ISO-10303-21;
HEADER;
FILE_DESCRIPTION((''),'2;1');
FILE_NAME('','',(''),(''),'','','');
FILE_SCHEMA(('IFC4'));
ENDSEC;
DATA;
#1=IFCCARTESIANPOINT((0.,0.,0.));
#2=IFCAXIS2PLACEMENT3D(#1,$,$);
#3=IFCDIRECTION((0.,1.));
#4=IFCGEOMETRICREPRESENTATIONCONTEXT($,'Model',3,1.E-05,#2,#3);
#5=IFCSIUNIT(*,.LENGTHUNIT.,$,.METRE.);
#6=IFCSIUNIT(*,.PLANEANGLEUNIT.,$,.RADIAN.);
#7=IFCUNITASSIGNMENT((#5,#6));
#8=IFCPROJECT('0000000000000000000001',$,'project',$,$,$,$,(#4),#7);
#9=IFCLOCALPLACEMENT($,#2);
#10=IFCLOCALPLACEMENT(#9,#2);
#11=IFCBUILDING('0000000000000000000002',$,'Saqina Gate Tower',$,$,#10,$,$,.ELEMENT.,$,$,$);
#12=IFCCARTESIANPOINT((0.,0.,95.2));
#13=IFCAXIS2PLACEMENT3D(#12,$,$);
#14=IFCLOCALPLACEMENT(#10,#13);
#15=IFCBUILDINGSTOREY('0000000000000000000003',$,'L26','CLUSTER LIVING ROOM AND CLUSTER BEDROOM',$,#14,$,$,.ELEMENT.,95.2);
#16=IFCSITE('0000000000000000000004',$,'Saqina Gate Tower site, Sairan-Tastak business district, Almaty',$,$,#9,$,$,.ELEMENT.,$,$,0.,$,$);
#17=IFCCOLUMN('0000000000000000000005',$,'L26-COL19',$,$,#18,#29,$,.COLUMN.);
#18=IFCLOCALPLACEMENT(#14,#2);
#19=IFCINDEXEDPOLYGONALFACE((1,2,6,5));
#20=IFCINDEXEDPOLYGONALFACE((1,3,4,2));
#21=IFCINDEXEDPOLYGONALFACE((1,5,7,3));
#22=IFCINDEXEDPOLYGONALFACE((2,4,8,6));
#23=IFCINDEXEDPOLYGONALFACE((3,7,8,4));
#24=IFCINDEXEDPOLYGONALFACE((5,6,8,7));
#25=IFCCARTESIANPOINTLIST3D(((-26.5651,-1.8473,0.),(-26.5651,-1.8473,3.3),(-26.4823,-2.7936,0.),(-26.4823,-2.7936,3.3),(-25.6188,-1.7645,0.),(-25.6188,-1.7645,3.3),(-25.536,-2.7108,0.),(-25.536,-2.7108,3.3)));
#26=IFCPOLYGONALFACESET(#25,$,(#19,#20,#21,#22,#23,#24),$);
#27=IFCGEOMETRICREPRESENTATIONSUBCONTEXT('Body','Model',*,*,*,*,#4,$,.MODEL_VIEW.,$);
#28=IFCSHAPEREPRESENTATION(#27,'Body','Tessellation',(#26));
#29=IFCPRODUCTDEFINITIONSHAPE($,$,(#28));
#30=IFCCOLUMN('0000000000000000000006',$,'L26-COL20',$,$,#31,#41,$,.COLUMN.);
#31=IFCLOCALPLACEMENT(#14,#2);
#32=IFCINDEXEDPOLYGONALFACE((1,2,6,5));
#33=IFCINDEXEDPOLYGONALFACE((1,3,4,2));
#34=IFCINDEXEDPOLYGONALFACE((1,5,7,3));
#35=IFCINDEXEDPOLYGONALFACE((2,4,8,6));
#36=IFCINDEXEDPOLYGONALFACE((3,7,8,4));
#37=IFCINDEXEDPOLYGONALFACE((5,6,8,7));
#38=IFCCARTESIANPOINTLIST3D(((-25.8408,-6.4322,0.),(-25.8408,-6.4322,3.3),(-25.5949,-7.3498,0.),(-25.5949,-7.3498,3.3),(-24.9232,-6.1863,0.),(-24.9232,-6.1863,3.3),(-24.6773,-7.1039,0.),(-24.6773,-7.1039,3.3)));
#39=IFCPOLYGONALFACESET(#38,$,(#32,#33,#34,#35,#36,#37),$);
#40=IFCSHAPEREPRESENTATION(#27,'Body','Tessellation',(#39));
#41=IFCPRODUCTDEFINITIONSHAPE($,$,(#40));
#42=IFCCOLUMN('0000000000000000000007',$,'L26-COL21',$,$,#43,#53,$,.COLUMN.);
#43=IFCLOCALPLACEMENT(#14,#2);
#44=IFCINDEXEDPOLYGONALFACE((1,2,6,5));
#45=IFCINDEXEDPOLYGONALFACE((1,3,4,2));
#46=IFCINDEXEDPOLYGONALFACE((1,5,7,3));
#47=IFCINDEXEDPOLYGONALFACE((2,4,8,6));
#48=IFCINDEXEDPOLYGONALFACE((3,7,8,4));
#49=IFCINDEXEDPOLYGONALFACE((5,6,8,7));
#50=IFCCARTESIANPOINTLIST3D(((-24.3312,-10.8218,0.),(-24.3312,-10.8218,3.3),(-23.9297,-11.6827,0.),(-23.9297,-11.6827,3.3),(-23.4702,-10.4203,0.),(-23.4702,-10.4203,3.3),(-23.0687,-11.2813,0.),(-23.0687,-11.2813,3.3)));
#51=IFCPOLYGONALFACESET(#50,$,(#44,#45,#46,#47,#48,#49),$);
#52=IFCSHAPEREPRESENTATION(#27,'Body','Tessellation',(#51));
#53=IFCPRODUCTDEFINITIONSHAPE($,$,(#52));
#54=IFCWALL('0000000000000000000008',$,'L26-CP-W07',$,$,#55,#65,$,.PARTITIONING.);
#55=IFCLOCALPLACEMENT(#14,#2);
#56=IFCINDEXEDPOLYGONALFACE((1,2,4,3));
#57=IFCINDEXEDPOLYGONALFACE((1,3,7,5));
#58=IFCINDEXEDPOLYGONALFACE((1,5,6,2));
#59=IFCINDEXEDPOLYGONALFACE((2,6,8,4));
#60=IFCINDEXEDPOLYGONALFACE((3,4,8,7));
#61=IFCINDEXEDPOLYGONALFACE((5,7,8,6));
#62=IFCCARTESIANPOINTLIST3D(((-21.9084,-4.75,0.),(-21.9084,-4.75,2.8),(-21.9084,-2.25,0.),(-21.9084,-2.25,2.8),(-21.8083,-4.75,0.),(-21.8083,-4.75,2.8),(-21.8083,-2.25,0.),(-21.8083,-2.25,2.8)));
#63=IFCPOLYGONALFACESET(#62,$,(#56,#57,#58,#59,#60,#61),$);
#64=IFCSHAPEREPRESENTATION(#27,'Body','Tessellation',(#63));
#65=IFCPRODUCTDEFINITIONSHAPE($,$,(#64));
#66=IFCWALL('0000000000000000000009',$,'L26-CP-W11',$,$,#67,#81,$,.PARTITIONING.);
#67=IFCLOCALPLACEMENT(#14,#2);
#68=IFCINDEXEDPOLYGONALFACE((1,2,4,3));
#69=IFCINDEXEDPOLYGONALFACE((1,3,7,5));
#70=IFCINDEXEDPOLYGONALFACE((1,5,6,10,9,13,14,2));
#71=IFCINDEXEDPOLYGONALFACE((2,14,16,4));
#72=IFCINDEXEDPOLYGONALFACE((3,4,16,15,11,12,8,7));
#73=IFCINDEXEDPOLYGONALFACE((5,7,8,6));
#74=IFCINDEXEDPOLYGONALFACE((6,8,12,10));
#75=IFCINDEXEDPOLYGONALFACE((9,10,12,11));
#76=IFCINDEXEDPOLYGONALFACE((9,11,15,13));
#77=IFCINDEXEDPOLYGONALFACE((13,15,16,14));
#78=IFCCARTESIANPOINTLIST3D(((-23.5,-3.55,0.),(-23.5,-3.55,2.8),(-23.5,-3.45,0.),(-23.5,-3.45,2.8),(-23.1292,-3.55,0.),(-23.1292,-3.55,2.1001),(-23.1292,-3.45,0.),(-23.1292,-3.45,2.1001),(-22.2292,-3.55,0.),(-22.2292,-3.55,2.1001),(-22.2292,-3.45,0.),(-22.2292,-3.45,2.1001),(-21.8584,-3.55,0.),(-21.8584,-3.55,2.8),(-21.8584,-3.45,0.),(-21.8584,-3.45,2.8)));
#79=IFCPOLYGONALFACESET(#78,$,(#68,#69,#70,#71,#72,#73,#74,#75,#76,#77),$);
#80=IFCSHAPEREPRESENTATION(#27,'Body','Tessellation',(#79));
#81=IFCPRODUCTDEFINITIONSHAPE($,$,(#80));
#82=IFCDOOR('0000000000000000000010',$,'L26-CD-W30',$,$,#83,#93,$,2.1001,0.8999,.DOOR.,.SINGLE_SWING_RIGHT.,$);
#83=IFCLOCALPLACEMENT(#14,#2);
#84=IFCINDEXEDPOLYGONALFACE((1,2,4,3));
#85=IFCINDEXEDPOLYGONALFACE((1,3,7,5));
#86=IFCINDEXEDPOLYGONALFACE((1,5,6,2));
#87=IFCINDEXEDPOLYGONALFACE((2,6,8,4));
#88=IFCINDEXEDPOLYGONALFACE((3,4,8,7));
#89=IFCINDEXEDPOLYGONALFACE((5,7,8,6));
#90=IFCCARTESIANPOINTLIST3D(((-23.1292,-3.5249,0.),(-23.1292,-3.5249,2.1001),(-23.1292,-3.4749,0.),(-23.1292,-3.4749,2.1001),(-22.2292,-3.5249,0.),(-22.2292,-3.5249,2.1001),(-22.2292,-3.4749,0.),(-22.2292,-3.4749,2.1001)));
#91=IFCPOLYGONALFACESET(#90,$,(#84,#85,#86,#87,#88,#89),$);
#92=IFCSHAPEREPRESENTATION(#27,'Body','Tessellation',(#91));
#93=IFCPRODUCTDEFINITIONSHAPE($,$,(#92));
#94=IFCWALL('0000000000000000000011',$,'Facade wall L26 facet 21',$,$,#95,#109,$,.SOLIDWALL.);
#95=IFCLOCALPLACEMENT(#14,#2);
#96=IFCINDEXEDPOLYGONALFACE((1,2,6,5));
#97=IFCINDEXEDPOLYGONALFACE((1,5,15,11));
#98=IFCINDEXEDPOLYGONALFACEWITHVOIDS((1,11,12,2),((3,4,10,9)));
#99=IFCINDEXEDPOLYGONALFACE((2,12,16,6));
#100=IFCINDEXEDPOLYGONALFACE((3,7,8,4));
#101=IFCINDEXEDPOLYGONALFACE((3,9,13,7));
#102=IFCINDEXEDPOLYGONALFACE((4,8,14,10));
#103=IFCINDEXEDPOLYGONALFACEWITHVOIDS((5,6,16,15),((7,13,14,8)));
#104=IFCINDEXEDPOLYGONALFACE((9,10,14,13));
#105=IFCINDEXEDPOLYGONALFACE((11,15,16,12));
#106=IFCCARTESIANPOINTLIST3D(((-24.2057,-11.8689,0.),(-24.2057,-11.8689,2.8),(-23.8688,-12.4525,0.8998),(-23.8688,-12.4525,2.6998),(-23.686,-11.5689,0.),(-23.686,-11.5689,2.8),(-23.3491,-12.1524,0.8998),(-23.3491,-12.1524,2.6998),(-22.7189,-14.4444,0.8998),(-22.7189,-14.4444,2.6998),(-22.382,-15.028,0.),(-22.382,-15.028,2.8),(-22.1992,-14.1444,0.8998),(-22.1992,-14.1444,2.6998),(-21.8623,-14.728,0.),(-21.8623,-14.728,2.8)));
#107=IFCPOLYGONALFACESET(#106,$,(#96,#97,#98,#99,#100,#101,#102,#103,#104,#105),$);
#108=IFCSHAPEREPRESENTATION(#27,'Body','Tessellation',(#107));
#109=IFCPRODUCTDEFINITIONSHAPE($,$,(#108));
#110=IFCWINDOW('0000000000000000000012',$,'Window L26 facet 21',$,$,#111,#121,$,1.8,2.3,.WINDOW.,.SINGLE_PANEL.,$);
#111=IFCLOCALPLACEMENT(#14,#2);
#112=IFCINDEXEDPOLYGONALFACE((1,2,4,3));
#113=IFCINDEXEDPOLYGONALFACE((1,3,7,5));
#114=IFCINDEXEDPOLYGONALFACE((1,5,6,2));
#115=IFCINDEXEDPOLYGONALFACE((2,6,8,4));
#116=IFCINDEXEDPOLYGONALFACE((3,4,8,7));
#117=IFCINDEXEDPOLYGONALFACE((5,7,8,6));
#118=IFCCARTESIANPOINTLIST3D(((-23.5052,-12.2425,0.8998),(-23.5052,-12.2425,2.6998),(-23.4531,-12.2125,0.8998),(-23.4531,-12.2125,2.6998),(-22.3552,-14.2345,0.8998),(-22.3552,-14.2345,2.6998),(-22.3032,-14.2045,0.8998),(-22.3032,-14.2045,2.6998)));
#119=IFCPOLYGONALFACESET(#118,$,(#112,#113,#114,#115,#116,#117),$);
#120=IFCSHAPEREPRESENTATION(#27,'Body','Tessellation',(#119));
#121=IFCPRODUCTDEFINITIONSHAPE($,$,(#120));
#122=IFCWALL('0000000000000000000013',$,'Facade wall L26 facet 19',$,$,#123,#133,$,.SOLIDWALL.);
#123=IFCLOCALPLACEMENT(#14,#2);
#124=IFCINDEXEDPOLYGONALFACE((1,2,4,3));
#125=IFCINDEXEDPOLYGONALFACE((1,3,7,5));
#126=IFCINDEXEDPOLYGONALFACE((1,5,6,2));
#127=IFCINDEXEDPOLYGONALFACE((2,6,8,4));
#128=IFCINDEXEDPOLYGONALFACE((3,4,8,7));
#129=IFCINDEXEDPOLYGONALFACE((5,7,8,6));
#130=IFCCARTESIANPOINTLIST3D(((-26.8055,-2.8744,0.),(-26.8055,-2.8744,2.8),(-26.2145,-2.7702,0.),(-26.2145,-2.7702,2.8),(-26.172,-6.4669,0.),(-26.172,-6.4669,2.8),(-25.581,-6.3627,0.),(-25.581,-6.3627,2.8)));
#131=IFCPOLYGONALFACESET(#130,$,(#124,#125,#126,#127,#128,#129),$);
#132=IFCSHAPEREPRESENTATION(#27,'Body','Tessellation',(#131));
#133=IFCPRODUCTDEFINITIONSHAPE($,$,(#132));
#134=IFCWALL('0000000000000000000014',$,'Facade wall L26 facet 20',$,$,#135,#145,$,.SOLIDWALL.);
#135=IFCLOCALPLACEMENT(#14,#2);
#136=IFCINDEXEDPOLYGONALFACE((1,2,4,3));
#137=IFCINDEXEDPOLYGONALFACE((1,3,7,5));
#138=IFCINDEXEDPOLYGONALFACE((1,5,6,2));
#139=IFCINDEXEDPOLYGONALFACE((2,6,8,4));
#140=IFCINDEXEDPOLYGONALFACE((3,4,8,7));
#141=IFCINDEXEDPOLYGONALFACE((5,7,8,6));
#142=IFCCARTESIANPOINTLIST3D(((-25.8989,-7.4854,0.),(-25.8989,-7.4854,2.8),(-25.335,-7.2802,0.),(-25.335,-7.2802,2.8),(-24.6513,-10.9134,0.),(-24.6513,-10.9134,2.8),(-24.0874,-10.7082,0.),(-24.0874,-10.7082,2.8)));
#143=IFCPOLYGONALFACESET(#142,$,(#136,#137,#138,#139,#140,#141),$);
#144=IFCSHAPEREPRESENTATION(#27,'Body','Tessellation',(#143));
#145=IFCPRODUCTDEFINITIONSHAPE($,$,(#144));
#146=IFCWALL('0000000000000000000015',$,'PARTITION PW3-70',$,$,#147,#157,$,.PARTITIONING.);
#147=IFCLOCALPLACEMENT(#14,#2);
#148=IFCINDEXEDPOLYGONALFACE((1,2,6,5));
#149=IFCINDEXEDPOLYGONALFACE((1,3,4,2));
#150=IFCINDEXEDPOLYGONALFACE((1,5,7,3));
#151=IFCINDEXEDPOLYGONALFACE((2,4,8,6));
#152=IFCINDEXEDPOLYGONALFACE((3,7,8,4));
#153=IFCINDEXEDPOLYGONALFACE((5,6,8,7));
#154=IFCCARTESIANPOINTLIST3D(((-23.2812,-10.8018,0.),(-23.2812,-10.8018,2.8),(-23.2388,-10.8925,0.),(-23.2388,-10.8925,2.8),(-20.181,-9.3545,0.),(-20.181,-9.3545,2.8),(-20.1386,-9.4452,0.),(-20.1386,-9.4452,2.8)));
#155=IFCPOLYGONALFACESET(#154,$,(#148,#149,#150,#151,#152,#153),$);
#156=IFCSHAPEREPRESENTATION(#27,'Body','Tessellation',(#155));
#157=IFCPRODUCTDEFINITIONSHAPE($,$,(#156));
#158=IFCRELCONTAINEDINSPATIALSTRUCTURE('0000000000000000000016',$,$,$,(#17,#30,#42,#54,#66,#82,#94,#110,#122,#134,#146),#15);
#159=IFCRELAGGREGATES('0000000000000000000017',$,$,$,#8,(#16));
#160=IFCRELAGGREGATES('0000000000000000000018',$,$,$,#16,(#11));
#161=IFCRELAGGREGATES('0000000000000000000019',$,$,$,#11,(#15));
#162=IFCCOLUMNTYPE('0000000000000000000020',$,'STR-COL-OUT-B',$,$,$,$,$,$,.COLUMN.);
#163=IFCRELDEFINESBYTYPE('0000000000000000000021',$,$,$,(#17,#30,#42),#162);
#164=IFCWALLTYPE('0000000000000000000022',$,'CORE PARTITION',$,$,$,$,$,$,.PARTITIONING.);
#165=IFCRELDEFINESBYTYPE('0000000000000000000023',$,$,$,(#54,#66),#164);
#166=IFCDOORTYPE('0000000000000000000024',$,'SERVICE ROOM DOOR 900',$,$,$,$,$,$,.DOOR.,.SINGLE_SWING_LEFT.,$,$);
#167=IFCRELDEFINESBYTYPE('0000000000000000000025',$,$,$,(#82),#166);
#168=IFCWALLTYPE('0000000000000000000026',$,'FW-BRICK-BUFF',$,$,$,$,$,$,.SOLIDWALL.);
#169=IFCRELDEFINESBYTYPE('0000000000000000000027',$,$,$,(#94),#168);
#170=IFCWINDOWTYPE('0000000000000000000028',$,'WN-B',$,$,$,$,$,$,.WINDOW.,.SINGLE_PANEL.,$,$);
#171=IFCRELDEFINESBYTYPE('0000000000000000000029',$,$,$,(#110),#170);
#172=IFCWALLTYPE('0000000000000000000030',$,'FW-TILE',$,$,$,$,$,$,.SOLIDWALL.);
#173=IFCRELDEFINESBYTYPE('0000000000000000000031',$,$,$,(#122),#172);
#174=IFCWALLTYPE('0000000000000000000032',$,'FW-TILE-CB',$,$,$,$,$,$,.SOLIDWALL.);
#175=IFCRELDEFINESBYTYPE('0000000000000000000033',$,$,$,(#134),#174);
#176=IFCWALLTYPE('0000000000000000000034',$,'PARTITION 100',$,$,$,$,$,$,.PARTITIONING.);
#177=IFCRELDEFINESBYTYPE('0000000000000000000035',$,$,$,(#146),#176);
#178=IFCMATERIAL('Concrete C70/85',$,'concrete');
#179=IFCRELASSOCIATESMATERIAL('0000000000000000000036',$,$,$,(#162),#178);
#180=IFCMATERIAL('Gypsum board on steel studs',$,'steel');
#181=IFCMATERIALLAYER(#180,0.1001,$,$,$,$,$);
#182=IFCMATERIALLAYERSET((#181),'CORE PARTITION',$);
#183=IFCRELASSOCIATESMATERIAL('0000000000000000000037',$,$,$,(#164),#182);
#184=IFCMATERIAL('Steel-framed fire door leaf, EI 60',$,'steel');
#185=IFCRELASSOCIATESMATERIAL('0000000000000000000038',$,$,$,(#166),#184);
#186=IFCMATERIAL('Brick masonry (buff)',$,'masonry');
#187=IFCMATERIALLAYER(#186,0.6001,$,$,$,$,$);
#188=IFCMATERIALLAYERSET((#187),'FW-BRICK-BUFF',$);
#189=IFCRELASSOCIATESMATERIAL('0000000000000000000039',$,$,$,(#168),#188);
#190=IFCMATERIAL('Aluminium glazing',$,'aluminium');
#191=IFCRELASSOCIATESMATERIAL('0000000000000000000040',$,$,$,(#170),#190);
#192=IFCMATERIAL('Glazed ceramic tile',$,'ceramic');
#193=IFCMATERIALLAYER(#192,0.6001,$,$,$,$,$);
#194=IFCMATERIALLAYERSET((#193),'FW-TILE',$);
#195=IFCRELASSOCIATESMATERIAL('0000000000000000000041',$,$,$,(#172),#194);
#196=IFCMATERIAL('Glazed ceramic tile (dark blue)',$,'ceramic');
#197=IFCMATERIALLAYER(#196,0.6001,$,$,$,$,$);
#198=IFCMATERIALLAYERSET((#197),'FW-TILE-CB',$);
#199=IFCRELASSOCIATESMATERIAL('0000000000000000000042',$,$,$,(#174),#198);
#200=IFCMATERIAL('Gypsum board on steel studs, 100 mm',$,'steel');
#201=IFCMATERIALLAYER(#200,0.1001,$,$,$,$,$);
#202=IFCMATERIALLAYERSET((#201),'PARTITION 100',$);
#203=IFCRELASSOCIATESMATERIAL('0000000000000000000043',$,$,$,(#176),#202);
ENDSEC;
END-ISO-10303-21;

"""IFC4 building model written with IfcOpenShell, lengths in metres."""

from ifc_helpers import new_model, si_unit, direction, frame, frame_2d, origin, origin_2d, place, context, subcontext, project, spatial, rectangle, extrude, material, layer, layer_set, material_profile, profile_set, type_object, element, fill, save


model = new_model("IFC4")

# Units and contexts
model_context = context("Model", 3, precision=1e-05, world=origin(), true_north=direction((0.0, 1.0)))
body_context = subcontext(model_context, "Body", "Model", "MODEL_VIEW")
ifc_project = project(units=[si_unit("LENGTHUNIT", "METRE"), si_unit("PLANEANGLEUNIT", "RADIAN")], contexts=[model_context])

# Site, building, storey
site_placement = place(None, origin())
site = spatial("IfcSite", under=ifc_project, at=site_placement, Name="Saqina Gate Tower site, Sairan-Tastak business district, Almaty", CompositionType="ELEMENT", RefElevation=0.0)
building_placement = place(site_placement, origin())
building = spatial("IfcBuilding", under=site, at=building_placement, Name="Saqina Gate Tower", CompositionType="ELEMENT")
storey_placement = place(building_placement, frame((0.0, 0.0, 95.2)))
storey = spatial("IfcBuildingStorey", under=building, at=storey_placement, Name="L26", Description="CLUSTER LIVING ROOM AND CLUSTER BEDROOM", CompositionType="ELEMENT", Elevation=95.2)

# Columns
ifc_material_1 = material(Name="Concrete C70/85", Category="concrete")
ifc_material_profile = material_profile(ifc_material_1, rectangle(XDim=0.95, YDim=0.95, at=origin_2d()), Name="RC 950x950")
ifc_profile_set = profile_set([ifc_material_profile], Name="Concrete C70/85")
column_type = type_object("IfcColumnType", Name="STR-COL-OUT-B", PredefinedType="COLUMN", material=ifc_profile_set)
for number, where, z_axis, x_axis, name in (
    (1, (-26.0505, -2.2791, 0.0), (0.0, 0.0, 1.0), (-0.996195, -0.087156, 0.0), "L26-COL19"),
    (2, (-25.259, -6.7681, 0.0), (0.0, 0.0, 1.0), (-0.965926, -0.258819, 0.0), "L26-COL20"),
    (3, (-23.7, -11.0515, 0.0), (0.0, 0.0, 1.0), (-0.906308, -0.422618, 0.0), "L26-COL21"),
):
    element("IfcColumn", number, at=place(storey_placement, frame(where, z_axis=z_axis, x_axis=x_axis)), inside=storey, type_object=column_type, Name=name, PredefinedType="COLUMN", context=body_context, shape_type="SweptSolid", body=[
        extrude(rectangle(XDim=0.95, YDim=0.95, at=origin_2d()), origin(), (0.0, 0.0, 1.0), 3.3),
    ])

# Wall
ifc_material_2 = material(Name="Gypsum board on steel studs", Category="steel")
ifc_layer_1 = layer(ifc_material_2, 0.1001)
ifc_layer_set_1 = layer_set([ifc_layer_1], Name="CORE PARTITION")
wall_type_1 = type_object("IfcWallType", Name="CORE PARTITION", PredefinedType="PARTITIONING", material=ifc_layer_set_1)
wall_1_placement = place(storey_placement, frame((-21.8584, -4.75, 0.0), z_axis=(0.0, 0.0, 1.0), x_axis=(0.0, 1.0, 0.0)))
element("IfcWall", 4, at=wall_1_placement, inside=storey, type_object=wall_type_1, Name="L26-CP-W07", PredefinedType="PARTITIONING", context=body_context, shape_type="SweptSolid", body=[
    extrude(rectangle(XDim=2.5, YDim=0.1001, at=frame_2d((1.25, 0.0))), origin(), (0.0, 0.0, 1.0), 2.8),
])

# Wall, opening, door
wall_2_placement = place(storey_placement, frame((-21.8584, -3.5, 0.0), z_axis=(0.0, 0.0, 1.0), x_axis=(-1.0, 0.0, 0.0)))
wall_2 = element("IfcWall", 5, at=wall_2_placement, inside=storey, type_object=wall_type_1, Name="L26-CP-W11", PredefinedType="PARTITIONING", context=body_context, shape_type="SweptSolid", body=[
    extrude(rectangle(XDim=1.6416, YDim=0.1001, at=frame_2d((0.8208, 0.0))), origin(), (0.0, 0.0, 1.0), 2.8),
])
opening_1_placement = place(wall_2_placement, frame((0.3708, 0.0, 0.0)))
opening_1 = element("IfcOpeningElement", 6, at=opening_1_placement, cuts=wall_2, PredefinedType="OPENING", context=body_context, shape_type="SweptSolid", body=[
    extrude(rectangle(XDim=0.8999, YDim=2.1001, at=frame_2d((0.45, 1.05))), frame((0.0, 0.062, 0.0), z_axis=(0.0, -1.0, 0.0), x_axis=(1.0, 0.0, 0.0)), (0.0, 0.0, 1.0), 0.124),
])
ifc_material_3 = material(Name="Steel-framed fire door leaf, EI 60", Category="steel")
door_type_1 = type_object("IfcDoorType", Name="SERVICE ROOM DOOR 900", OperationType="SINGLE_SWING_LEFT", PredefinedType="DOOR", material=ifc_material_3)
door_1_placement = place(opening_1_placement, origin())
door_1 = element("IfcDoor", 7, at=door_1_placement, inside=storey, type_object=door_type_1, Name="L26-CD-W30", OperationType="SINGLE_SWING_RIGHT", OverallHeight=2.1001, OverallWidth=0.8999, PredefinedType="DOOR", context=body_context, shape_type="SweptSolid", body=[
    extrude(rectangle(XDim=0.8999, YDim=2.1001, at=frame_2d((0.45, 1.05))), frame((0.0, 0.0249, 0.0), z_axis=(0.0, -1.0, 0.0), x_axis=(1.0, 0.0, 0.0)), (0.0, 0.0, 1.0), 0.05),
])
fill(opening_1, door_1)

# Wall, opening, window
ifc_material_4 = material(Name="Brick masonry (buff)", Category="masonry")
ifc_layer_2 = layer(ifc_material_4, 0.6001)
ifc_layer_set_2 = layer_set([ifc_layer_2], Name="FW-BRICK-BUFF")
wall_type_2 = type_object("IfcWallType", Name="FW-BRICK-BUFF", PredefinedType="SOLIDWALL", material=ifc_layer_set_2)
wall_3_placement = place(storey_placement, frame((-23.9458, -11.719, 0.0), z_axis=(0.0, 0.0, 1.0), x_axis=(0.499954, -0.866052, 0.0)))
wall_3 = element("IfcWall", 8, at=wall_3_placement, inside=storey, type_object=wall_type_2, Name="Facade wall L26 facet 21", PredefinedType="SOLIDWALL", context=body_context, shape_type="SweptSolid", body=[
    extrude(rectangle(XDim=3.6477, YDim=0.6001, at=frame_2d((1.8237, 0.0))), origin(), (0.0, 0.0, 1.0), 2.8),
])
opening_2_placement = place(wall_3_placement, frame((0.6738, 0.0, 0.8999)))
opening_2 = element("IfcOpeningElement", 9, at=opening_2_placement, cuts=wall_3, PredefinedType="OPENING", context=body_context, shape_type="SweptSolid", body=[
    extrude(rectangle(XDim=2.3, YDim=1.8, at=frame_2d((1.1499, 0.8999))), frame((0.0, 0.312, 0.0), z_axis=(0.0, -1.0, 0.0), x_axis=(1.0, 0.0, 0.0)), (0.0, 0.0, 1.0), 0.624),
])
ifc_material_5 = material(Name="Aluminium glazing", Category="aluminium")
window_type = type_object("IfcWindowType", Name="WN-B", PartitioningType="SINGLE_PANEL", PredefinedType="WINDOW", material=ifc_material_5)
window_placement = place(opening_2_placement, origin())
window = element("IfcWindow", 10, at=window_placement, inside=storey, type_object=window_type, Name="Window L26 facet 21", OverallHeight=1.8, OverallWidth=2.3, PartitioningType="SINGLE_PANEL", PredefinedType="WINDOW", context=body_context, shape_type="SweptSolid", body=[
    extrude(rectangle(XDim=2.3, YDim=1.8, at=frame_2d((1.1499, 0.8999))), frame((0.0, 0.1799, 0.0), z_axis=(0.0, -1.0, 0.0), x_axis=(1.0, 0.0, 0.0)), (0.0, 0.0, 1.0), 0.0601),
])
fill(opening_2, window)

# Walls
ifc_material_6 = material(Name="Glazed ceramic tile", Category="ceramic")
ifc_layer_3 = layer(ifc_material_6, 0.6001)
ifc_layer_set_3 = layer_set([ifc_layer_3], Name="FW-TILE")
wall_type_3 = type_object("IfcWallType", Name="FW-TILE", PredefinedType="SOLIDWALL", material=ifc_layer_set_3)
wall_4_placement = place(storey_placement, frame((-26.51, -2.8223, 0.0), z_axis=(0.0, 0.0, 1.0), x_axis=(0.173671, -0.984804, 0.0)))
element("IfcWall", 11, at=wall_4_placement, inside=storey, type_object=wall_type_3, Name="Facade wall L26 facet 19", PredefinedType="SOLIDWALL", context=body_context, shape_type="SweptSolid", body=[
    extrude(rectangle(XDim=3.6479, YDim=0.6001, at=frame_2d((1.824, 0.0))), origin(), (0.0, 0.0, 1.0), 2.8),
])
ifc_material_7 = material(Name="Glazed ceramic tile (dark blue)", Category="ceramic")
ifc_layer_4 = layer(ifc_material_7, 0.6001)
ifc_layer_set_4 = layer_set([ifc_layer_4], Name="FW-TILE-CB")
wall_type_4 = type_object("IfcWallType", Name="FW-TILE-CB", PredefinedType="SOLIDWALL", material=ifc_layer_set_4)
wall_5_placement = place(storey_placement, frame((-25.6169, -7.3828, 0.0), z_axis=(0.0, 0.0, 1.0), x_axis=(0.34199, -0.939704, 0.0)))
element("IfcWall", 12, at=wall_5_placement, inside=storey, type_object=wall_type_4, Name="Facade wall L26 facet 20", PredefinedType="SOLIDWALL", context=body_context, shape_type="SweptSolid", body=[
    extrude(rectangle(XDim=3.6479, YDim=0.6001, at=frame_2d((1.824, 0.0))), origin(), (0.0, 0.0, 1.0), 2.8),
])
ifc_material_8 = material(Name="Gypsum board on steel studs, 100 mm", Category="steel")
ifc_layer_5 = layer(ifc_material_8, 0.1001)
ifc_layer_set_5 = layer_set([ifc_layer_5], Name="PARTITION 100")
wall_type_5 = type_object("IfcWallType", Name="PARTITION 100", PredefinedType="PARTITIONING", material=ifc_layer_set_5)
wall_6_placement = place(storey_placement, frame((-23.26, -10.8472, 0.0), z_axis=(0.0, 0.0, 1.0), x_axis=(0.906121, 0.423018, 0.0)))
element("IfcWall", 13, at=wall_6_placement, inside=storey, type_object=wall_type_5, Name="PARTITION PW3-70", PredefinedType="PARTITIONING", context=body_context, shape_type="SweptSolid", body=[
    extrude(rectangle(XDim=3.4214, YDim=0.1001, at=frame_2d((1.7107, 0.0))), origin(), (0.0, 0.0, 1.0), 2.8),
])

save(model, "model.ifc")
